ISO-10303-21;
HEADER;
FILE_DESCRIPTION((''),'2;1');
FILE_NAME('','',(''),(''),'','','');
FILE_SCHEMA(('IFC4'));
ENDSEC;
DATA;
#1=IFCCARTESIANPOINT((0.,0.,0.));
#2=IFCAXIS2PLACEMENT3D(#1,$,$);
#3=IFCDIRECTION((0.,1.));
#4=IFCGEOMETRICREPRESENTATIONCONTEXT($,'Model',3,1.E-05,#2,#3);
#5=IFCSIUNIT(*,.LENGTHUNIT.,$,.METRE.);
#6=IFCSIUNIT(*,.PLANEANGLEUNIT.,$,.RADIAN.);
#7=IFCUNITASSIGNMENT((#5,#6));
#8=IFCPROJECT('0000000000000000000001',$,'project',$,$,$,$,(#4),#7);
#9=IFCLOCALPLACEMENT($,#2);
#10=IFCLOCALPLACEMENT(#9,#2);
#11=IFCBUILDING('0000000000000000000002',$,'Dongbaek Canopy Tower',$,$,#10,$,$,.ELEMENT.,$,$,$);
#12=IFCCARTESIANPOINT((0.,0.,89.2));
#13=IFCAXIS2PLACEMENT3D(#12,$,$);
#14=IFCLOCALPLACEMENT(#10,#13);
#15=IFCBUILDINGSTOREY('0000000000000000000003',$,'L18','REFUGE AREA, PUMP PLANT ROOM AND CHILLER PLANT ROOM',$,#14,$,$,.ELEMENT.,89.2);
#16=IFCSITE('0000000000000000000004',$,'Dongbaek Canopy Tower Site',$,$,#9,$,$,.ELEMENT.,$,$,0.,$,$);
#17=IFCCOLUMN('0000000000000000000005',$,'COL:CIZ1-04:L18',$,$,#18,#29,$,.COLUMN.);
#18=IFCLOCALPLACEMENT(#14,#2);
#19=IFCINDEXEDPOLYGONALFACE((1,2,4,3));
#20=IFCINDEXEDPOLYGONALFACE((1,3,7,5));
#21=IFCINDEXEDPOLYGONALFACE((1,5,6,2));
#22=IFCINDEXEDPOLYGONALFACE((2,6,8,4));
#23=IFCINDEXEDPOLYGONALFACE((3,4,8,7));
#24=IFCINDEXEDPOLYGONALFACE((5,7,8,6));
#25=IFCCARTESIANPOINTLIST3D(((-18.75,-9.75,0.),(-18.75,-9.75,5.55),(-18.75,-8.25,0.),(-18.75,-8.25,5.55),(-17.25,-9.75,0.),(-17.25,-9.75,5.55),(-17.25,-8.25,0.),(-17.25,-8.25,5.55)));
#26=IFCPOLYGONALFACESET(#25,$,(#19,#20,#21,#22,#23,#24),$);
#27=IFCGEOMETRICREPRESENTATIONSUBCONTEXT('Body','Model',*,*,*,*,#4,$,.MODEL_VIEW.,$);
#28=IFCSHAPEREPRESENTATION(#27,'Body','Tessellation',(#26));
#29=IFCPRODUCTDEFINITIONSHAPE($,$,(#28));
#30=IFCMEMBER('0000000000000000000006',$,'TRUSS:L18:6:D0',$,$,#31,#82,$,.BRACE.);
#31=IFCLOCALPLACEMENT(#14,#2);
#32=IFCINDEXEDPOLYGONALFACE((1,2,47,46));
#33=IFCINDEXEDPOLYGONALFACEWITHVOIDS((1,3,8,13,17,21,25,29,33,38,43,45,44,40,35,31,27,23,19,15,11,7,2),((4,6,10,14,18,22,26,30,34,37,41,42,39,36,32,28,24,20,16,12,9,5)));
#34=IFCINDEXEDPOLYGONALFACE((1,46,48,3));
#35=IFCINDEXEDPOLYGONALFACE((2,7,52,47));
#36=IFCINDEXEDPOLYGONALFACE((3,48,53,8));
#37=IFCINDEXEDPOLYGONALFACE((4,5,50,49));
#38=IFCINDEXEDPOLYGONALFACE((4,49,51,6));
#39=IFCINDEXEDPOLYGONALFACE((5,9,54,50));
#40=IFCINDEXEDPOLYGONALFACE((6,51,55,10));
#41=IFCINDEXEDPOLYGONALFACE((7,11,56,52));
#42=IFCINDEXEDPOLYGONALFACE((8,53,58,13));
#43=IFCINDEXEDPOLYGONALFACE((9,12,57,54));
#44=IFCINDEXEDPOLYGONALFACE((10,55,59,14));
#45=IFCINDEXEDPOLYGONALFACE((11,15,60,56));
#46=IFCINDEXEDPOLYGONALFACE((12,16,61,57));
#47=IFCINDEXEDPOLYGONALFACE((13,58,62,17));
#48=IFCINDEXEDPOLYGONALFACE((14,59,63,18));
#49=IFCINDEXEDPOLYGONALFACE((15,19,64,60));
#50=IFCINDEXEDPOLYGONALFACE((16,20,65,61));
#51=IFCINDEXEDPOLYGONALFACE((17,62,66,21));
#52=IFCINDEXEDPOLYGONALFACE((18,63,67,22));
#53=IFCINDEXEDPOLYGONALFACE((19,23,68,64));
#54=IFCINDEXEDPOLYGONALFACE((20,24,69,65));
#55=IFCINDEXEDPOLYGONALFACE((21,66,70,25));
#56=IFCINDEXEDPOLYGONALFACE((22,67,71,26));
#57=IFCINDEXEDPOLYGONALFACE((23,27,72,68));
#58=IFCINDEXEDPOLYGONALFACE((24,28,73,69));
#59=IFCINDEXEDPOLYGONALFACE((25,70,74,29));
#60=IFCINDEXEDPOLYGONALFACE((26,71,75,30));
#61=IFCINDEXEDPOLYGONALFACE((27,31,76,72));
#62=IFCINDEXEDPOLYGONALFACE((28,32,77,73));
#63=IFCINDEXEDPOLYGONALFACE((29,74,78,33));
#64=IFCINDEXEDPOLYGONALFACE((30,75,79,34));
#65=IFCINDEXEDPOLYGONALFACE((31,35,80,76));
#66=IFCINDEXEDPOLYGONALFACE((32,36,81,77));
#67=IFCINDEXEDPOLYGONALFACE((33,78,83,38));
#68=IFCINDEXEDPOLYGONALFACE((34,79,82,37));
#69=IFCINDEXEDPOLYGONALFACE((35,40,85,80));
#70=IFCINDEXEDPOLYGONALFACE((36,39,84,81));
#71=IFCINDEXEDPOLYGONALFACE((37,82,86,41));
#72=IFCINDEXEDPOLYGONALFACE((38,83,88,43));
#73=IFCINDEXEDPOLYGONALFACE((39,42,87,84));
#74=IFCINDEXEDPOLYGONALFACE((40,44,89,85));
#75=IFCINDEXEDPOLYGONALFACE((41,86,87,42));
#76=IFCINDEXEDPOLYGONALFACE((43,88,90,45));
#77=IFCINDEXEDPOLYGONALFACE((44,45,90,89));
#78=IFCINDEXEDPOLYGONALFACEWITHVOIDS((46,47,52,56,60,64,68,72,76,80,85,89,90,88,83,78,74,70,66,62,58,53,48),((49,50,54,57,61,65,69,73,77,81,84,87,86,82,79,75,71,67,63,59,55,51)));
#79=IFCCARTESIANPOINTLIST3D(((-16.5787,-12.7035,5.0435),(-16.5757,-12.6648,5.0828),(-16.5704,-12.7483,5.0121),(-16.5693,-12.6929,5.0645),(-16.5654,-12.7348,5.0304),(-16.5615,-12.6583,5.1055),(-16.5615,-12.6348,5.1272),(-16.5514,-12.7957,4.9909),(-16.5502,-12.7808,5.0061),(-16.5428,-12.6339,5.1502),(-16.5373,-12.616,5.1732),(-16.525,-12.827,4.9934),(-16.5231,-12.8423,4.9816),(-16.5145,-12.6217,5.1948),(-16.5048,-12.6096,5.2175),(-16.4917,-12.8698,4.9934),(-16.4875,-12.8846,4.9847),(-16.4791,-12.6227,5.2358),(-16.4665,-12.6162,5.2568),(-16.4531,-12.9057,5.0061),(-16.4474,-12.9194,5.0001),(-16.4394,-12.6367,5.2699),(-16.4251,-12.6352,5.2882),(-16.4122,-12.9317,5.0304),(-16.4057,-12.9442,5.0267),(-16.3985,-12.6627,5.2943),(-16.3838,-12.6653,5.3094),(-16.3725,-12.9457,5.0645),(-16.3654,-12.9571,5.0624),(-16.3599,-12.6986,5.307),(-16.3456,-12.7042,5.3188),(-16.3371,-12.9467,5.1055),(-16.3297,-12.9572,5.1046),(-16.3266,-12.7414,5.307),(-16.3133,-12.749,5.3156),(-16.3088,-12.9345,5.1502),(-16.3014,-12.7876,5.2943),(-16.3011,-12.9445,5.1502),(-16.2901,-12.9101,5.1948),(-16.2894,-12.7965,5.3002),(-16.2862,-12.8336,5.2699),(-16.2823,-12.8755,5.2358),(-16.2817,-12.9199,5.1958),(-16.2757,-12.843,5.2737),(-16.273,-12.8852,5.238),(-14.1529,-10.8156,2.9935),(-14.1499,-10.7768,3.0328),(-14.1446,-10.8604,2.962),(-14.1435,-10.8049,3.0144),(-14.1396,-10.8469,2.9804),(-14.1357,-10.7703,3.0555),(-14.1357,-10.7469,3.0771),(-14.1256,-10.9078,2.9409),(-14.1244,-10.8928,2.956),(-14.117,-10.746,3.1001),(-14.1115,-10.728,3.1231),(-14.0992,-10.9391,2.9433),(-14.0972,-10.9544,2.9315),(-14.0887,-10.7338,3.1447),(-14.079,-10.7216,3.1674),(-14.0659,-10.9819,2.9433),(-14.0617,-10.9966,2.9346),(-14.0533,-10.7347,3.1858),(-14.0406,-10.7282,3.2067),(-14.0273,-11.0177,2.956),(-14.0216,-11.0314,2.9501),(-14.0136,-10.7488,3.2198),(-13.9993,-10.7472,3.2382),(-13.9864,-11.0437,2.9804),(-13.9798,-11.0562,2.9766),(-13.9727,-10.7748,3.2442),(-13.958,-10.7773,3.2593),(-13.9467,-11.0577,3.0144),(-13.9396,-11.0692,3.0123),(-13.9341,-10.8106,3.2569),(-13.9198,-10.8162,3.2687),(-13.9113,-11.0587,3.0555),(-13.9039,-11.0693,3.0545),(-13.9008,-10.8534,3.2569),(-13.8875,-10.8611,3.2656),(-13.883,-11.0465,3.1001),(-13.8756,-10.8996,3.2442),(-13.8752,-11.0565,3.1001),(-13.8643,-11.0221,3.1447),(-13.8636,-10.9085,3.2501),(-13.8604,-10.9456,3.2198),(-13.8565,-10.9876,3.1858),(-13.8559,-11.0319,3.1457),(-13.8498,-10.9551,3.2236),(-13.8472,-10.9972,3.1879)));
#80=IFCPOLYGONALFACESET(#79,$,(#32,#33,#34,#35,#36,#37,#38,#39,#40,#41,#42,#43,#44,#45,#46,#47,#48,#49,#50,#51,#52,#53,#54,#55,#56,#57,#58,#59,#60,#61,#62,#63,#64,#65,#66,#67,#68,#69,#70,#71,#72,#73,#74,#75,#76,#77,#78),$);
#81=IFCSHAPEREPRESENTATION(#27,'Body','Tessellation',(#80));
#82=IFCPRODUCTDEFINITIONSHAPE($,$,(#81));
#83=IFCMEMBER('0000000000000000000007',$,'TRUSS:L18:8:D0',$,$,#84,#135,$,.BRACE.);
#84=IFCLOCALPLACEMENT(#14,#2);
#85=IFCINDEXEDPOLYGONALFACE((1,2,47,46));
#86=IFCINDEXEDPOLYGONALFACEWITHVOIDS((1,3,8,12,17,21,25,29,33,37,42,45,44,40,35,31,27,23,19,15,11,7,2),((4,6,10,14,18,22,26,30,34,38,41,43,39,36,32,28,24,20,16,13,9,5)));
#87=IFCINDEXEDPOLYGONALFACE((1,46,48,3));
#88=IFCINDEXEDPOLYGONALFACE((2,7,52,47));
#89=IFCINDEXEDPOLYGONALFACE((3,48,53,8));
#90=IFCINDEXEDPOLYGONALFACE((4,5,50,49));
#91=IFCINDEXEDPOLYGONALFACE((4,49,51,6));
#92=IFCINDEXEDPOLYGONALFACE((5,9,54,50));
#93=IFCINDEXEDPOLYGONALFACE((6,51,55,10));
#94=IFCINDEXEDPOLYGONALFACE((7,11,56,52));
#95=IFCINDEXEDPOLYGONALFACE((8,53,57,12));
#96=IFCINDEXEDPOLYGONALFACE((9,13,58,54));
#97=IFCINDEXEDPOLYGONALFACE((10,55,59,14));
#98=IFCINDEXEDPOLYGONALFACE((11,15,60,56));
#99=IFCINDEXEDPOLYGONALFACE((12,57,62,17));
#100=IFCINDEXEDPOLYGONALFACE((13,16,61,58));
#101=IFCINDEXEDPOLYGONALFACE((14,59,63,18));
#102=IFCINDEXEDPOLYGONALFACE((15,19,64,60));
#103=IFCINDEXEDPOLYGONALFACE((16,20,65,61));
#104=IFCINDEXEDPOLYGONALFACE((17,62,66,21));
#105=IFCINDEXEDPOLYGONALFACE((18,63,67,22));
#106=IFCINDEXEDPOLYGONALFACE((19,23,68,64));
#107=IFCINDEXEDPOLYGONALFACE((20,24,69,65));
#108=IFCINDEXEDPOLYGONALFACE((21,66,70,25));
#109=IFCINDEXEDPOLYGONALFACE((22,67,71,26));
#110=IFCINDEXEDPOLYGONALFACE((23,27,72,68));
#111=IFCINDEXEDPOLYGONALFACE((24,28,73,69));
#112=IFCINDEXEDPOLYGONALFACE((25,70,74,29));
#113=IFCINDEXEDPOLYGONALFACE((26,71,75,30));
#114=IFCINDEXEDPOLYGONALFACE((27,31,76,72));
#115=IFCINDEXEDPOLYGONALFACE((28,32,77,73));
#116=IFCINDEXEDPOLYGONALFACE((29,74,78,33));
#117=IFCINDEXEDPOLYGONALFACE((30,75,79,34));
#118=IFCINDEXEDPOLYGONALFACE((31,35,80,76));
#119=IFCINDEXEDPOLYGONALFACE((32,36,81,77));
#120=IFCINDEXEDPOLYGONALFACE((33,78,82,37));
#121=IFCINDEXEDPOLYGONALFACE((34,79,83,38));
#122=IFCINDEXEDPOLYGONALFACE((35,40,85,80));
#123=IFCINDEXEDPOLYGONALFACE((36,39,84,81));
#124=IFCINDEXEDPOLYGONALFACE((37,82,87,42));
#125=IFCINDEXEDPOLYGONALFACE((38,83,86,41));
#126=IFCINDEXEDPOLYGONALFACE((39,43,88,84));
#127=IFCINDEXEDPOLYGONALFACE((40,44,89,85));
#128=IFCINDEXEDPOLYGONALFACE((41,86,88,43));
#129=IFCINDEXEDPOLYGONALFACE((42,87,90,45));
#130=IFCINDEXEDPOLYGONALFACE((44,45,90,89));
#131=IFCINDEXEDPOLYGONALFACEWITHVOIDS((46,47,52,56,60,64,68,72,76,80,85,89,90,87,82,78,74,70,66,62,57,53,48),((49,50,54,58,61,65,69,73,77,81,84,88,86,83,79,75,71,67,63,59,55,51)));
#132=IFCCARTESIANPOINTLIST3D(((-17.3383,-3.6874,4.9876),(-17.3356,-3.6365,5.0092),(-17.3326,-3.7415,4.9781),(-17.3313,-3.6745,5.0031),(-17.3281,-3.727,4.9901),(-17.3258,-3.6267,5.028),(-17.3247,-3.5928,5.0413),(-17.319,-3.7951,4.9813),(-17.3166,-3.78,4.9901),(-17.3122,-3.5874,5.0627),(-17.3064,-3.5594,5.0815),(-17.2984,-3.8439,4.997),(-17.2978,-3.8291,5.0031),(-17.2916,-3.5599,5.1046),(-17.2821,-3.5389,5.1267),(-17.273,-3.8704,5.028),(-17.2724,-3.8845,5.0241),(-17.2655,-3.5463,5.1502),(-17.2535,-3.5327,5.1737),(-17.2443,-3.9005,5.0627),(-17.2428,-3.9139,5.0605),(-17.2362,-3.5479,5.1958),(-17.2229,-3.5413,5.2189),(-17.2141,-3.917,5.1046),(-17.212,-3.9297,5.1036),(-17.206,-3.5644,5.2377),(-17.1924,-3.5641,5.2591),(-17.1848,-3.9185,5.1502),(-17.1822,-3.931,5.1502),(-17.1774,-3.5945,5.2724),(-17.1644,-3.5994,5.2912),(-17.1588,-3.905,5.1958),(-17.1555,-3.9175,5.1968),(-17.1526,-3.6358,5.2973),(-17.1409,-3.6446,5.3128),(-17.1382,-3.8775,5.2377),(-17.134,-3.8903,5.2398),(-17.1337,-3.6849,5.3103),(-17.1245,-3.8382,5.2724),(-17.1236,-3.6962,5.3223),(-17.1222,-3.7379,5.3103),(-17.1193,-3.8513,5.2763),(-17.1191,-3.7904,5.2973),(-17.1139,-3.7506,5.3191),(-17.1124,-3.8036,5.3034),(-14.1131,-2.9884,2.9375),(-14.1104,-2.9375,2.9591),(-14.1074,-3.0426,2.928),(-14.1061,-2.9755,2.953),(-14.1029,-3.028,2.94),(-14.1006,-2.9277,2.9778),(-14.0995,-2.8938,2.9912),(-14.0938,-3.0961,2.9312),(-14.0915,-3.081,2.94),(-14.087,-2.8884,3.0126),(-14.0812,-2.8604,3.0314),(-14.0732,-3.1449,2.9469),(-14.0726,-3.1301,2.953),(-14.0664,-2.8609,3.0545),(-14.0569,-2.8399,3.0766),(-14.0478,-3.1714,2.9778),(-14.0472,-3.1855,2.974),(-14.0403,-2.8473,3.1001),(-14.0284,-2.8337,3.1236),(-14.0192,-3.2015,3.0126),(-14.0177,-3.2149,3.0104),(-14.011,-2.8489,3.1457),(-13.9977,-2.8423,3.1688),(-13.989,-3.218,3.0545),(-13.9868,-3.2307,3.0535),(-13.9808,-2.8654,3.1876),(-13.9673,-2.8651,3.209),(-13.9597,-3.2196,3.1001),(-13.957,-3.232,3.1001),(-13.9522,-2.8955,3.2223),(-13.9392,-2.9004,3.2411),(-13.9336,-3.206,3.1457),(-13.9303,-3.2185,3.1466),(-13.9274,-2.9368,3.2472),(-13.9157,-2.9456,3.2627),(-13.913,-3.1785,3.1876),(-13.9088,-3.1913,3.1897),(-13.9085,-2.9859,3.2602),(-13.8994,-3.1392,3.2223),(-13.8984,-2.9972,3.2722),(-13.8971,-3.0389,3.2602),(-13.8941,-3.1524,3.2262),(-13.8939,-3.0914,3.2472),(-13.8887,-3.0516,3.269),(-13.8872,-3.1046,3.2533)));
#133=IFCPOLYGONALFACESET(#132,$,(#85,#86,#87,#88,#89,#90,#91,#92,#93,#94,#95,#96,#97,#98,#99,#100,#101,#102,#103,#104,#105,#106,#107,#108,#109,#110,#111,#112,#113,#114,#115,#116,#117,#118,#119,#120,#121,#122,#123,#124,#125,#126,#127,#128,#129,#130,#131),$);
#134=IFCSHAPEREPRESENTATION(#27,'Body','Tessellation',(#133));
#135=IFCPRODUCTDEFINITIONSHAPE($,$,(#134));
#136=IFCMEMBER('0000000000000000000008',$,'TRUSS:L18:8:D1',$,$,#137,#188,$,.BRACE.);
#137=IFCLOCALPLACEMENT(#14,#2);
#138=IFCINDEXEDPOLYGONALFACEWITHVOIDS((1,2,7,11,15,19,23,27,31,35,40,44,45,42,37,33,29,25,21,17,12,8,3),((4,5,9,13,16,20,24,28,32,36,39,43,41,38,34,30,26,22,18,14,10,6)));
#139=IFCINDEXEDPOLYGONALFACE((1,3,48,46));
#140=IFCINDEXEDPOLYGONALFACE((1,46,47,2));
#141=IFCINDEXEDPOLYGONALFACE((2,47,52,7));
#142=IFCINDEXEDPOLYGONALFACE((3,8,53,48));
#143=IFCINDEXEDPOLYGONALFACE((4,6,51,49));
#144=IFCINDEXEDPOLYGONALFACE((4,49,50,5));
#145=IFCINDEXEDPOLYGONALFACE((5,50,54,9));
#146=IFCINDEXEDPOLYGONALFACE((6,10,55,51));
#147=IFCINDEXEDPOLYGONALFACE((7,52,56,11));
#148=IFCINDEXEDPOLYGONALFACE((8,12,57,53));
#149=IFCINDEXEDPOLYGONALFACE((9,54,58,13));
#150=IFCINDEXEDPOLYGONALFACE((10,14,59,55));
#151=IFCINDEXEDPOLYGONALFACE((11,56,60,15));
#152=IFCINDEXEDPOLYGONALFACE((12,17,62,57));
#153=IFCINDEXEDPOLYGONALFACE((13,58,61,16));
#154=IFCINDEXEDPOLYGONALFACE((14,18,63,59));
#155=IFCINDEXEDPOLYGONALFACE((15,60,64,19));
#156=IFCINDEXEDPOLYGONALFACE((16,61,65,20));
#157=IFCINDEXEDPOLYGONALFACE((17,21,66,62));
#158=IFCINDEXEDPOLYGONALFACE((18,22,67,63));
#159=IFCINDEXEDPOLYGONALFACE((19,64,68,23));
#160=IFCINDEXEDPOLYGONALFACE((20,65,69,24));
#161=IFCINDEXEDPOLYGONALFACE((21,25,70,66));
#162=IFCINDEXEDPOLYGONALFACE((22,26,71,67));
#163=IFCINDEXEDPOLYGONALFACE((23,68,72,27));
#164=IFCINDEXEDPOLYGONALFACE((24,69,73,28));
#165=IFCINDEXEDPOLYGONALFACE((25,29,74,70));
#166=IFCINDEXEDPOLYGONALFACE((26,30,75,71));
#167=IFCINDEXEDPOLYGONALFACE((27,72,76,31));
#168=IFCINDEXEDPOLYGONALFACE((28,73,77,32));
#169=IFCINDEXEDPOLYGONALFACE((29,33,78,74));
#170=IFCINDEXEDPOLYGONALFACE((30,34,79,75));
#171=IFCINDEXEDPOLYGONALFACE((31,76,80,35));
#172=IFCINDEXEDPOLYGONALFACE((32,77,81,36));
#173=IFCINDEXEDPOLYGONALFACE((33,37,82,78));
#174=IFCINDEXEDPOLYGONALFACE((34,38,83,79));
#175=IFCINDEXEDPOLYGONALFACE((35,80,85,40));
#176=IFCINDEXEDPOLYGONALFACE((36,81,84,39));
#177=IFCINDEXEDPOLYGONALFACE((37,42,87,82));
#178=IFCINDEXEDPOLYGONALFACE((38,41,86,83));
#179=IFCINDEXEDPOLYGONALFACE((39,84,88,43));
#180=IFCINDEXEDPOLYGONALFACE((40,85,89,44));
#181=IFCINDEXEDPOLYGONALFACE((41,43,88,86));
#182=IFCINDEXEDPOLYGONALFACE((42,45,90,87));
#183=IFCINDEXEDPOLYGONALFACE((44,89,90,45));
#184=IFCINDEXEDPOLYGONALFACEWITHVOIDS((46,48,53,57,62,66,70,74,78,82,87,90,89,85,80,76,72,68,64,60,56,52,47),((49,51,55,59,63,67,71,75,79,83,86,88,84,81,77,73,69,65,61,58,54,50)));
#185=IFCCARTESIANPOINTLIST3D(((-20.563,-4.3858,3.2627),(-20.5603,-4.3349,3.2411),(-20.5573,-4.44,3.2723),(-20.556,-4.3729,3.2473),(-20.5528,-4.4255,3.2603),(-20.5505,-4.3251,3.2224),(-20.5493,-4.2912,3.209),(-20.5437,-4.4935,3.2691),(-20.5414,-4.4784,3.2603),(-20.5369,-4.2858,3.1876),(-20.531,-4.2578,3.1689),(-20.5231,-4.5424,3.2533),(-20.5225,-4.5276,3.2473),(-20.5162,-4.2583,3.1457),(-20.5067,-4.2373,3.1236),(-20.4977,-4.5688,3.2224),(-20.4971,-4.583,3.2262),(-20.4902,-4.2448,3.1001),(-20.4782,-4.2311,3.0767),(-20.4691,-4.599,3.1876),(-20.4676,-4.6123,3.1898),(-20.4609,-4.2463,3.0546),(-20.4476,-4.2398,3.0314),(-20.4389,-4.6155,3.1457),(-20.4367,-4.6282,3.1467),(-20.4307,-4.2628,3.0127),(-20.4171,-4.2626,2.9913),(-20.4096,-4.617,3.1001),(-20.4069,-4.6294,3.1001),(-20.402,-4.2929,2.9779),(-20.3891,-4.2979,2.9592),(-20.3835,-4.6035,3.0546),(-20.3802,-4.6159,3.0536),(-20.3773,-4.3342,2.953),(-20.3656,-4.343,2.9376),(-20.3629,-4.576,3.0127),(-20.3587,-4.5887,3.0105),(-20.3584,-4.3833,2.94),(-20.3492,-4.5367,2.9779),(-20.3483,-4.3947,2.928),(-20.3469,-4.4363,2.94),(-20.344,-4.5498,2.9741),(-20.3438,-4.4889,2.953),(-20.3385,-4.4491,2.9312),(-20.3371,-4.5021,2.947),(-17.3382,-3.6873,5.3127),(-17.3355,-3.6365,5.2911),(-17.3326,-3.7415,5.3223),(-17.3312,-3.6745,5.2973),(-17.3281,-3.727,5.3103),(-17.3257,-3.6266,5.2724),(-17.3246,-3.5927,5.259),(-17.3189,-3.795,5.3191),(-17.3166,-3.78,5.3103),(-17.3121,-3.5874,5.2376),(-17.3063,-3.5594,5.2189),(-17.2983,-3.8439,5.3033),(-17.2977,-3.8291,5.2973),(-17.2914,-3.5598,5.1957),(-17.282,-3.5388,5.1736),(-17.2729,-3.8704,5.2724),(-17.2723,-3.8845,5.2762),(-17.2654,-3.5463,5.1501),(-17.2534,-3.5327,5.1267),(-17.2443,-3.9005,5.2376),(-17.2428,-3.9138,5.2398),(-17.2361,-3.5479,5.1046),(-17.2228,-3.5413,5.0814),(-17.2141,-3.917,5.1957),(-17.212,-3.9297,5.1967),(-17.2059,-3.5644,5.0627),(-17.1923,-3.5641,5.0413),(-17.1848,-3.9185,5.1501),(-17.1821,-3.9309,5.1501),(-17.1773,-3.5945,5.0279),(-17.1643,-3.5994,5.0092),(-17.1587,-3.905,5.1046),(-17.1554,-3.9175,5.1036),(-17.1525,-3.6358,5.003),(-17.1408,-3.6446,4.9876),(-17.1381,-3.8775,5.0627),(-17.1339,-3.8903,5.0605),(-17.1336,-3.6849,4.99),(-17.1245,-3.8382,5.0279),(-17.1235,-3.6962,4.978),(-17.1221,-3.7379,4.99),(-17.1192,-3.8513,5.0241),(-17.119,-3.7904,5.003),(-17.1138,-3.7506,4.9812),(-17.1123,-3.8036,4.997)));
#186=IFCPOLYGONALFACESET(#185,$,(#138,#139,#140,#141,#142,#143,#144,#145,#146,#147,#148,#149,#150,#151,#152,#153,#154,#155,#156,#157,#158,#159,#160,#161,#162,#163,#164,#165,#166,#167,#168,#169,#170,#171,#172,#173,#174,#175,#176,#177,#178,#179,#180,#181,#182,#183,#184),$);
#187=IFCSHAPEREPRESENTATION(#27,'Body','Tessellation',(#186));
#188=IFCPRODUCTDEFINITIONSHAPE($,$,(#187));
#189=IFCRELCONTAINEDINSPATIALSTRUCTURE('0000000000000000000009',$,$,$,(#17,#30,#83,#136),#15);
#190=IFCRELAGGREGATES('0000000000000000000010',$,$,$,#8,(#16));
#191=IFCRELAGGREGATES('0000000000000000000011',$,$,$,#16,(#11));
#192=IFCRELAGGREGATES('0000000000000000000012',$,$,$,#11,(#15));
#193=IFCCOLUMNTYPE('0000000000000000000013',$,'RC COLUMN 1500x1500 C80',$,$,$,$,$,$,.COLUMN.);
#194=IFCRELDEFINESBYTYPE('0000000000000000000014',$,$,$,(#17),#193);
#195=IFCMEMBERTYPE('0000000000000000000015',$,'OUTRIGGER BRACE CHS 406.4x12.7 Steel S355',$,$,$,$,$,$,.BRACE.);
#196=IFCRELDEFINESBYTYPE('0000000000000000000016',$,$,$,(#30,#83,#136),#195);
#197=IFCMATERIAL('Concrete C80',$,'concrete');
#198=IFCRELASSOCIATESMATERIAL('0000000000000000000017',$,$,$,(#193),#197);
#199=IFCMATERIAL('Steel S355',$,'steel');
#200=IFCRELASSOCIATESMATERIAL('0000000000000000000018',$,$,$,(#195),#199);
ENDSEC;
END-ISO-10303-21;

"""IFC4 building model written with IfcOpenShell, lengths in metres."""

from ifc_helpers import new_model, si_unit, direction, frame, origin, origin_2d, place, context, subcontext, project, spatial, rectangle, hollow_circle, extrude, material, material_profile, profile_set, type_object, element, save


model = new_model("IFC4")

# Units and contexts
model_context = context("Model", 3, precision=1e-05, world=origin(), true_north=direction((0.0, 1.0)))
body_context = subcontext(model_context, "Body", "Model", "MODEL_VIEW")
ifc_project = project(units=[si_unit("LENGTHUNIT", "METRE"), si_unit("PLANEANGLEUNIT", "RADIAN")], contexts=[model_context])

# Site, building, storey
site_placement = place(None, origin())
site = spatial("IfcSite", under=ifc_project, at=site_placement, Name="Dongbaek Canopy Tower Site", CompositionType="ELEMENT", RefElevation=0.0)
building_placement = place(site_placement, origin())
building = spatial("IfcBuilding", under=site, at=building_placement, Name="Dongbaek Canopy Tower", CompositionType="ELEMENT")
storey_placement = place(building_placement, frame((0.0, 0.0, 89.2)))
storey = spatial("IfcBuildingStorey", under=building, at=storey_placement, Name="L18", Description="REFUGE AREA, PUMP PLANT ROOM AND CHILLER PLANT ROOM", CompositionType="ELEMENT", Elevation=89.2)

# Column
ifc_material_1 = material(Name="Concrete C80", Category="concrete")
ifc_material_profile_1 = material_profile(ifc_material_1, rectangle(XDim=1.5, YDim=1.5, at=origin_2d()), Name="RC COLUMN 1500x1500 C80")
ifc_profile_set_1 = profile_set([ifc_material_profile_1], Name="Concrete C80")
column_type = type_object("IfcColumnType", Name="RC COLUMN 1500x1500 C80", PredefinedType="COLUMN", material=ifc_profile_set_1)
column_placement = place(storey_placement, frame((-18.0, -9.0, 0.0), z_axis=(0.0, 0.0, 1.0), x_axis=(1.0, 0.0, 0.0)))
element("IfcColumn", 1, at=column_placement, inside=storey, type_object=column_type, Name="COL:CIZ1-04:L18", PredefinedType="COLUMN", context=body_context, shape_type="SweptSolid", body=[
    extrude(rectangle(XDim=1.5, YDim=1.5, at=origin_2d()), origin(), (0.0, 0.0, 1.0), 5.55),
])

# Members
ifc_material_2 = material(Name="Steel S355", Category="steel")
ifc_material_profile_2 = material_profile(ifc_material_2, hollow_circle(Radius=0.2031, WallThickness=0.0127, at=origin_2d()), Name="OUTRIGGER BRACE CHS 406.4x12.7 Steel S355")
ifc_profile_set_2 = profile_set([ifc_material_profile_2], Name="Steel S355")
member_type_1 = type_object("IfcMemberType", Name="OUTRIGGER BRACE CHS 406.4x12.7 Steel S355", PredefinedType="BRACE", material=ifc_profile_set_2)
member_1_placement = place(storey_placement, frame((-14.0, -10.8962, 3.1001), z_axis=(-0.656542, -0.510974, 0.554849), x_axis=(0.614188, -0.78916, 0.0)))
element("IfcMember", 2, at=member_1_placement, inside=storey, type_object=member_type_1, Name="TRUSS:L18:6:D0", PredefinedType="BRACE", context=body_context, shape_type="SweptSolid", body=[
    extrude(hollow_circle(Radius=0.2031, WallThickness=0.0127, at=origin_2d()), origin(), (0.0, 0.0, 1.0), 3.6948),
])
member_2_placement = place(storey_placement, frame((-14.0, -3.0334, 3.1001), z_axis=(-0.83016, -0.17992, 0.527695), x_axis=(0.211812, -0.97731, 0.0)))
element("IfcMember", 3, at=member_2_placement, inside=storey, type_object=member_type_1, Name="TRUSS:L18:8:D0", PredefinedType="BRACE", context=body_context, shape_type="SweptSolid", body=[
    extrude(hollow_circle(Radius=0.2031, WallThickness=0.0127, at=origin_2d()), origin(), (0.0, 0.0, 1.0), 3.885),
])
member_3_placement = place(storey_placement, frame((-17.2251, -3.7324, 5.1501), z_axis=(-0.83016, -0.179808, -0.527735), x_axis=(0.211686, -0.977338, 0.0)))
element("IfcMember", 4, at=member_3_placement, inside=storey, type_object=member_type_1, Name="TRUSS:L18:8:D1", PredefinedType="BRACE", context=body_context, shape_type="SweptSolid", body=[
    extrude(hollow_circle(Radius=0.2031, WallThickness=0.0127, at=origin_2d()), origin(), (0.0, 0.0, 1.0), 3.8845),
])

save(model, "model.ifc")
